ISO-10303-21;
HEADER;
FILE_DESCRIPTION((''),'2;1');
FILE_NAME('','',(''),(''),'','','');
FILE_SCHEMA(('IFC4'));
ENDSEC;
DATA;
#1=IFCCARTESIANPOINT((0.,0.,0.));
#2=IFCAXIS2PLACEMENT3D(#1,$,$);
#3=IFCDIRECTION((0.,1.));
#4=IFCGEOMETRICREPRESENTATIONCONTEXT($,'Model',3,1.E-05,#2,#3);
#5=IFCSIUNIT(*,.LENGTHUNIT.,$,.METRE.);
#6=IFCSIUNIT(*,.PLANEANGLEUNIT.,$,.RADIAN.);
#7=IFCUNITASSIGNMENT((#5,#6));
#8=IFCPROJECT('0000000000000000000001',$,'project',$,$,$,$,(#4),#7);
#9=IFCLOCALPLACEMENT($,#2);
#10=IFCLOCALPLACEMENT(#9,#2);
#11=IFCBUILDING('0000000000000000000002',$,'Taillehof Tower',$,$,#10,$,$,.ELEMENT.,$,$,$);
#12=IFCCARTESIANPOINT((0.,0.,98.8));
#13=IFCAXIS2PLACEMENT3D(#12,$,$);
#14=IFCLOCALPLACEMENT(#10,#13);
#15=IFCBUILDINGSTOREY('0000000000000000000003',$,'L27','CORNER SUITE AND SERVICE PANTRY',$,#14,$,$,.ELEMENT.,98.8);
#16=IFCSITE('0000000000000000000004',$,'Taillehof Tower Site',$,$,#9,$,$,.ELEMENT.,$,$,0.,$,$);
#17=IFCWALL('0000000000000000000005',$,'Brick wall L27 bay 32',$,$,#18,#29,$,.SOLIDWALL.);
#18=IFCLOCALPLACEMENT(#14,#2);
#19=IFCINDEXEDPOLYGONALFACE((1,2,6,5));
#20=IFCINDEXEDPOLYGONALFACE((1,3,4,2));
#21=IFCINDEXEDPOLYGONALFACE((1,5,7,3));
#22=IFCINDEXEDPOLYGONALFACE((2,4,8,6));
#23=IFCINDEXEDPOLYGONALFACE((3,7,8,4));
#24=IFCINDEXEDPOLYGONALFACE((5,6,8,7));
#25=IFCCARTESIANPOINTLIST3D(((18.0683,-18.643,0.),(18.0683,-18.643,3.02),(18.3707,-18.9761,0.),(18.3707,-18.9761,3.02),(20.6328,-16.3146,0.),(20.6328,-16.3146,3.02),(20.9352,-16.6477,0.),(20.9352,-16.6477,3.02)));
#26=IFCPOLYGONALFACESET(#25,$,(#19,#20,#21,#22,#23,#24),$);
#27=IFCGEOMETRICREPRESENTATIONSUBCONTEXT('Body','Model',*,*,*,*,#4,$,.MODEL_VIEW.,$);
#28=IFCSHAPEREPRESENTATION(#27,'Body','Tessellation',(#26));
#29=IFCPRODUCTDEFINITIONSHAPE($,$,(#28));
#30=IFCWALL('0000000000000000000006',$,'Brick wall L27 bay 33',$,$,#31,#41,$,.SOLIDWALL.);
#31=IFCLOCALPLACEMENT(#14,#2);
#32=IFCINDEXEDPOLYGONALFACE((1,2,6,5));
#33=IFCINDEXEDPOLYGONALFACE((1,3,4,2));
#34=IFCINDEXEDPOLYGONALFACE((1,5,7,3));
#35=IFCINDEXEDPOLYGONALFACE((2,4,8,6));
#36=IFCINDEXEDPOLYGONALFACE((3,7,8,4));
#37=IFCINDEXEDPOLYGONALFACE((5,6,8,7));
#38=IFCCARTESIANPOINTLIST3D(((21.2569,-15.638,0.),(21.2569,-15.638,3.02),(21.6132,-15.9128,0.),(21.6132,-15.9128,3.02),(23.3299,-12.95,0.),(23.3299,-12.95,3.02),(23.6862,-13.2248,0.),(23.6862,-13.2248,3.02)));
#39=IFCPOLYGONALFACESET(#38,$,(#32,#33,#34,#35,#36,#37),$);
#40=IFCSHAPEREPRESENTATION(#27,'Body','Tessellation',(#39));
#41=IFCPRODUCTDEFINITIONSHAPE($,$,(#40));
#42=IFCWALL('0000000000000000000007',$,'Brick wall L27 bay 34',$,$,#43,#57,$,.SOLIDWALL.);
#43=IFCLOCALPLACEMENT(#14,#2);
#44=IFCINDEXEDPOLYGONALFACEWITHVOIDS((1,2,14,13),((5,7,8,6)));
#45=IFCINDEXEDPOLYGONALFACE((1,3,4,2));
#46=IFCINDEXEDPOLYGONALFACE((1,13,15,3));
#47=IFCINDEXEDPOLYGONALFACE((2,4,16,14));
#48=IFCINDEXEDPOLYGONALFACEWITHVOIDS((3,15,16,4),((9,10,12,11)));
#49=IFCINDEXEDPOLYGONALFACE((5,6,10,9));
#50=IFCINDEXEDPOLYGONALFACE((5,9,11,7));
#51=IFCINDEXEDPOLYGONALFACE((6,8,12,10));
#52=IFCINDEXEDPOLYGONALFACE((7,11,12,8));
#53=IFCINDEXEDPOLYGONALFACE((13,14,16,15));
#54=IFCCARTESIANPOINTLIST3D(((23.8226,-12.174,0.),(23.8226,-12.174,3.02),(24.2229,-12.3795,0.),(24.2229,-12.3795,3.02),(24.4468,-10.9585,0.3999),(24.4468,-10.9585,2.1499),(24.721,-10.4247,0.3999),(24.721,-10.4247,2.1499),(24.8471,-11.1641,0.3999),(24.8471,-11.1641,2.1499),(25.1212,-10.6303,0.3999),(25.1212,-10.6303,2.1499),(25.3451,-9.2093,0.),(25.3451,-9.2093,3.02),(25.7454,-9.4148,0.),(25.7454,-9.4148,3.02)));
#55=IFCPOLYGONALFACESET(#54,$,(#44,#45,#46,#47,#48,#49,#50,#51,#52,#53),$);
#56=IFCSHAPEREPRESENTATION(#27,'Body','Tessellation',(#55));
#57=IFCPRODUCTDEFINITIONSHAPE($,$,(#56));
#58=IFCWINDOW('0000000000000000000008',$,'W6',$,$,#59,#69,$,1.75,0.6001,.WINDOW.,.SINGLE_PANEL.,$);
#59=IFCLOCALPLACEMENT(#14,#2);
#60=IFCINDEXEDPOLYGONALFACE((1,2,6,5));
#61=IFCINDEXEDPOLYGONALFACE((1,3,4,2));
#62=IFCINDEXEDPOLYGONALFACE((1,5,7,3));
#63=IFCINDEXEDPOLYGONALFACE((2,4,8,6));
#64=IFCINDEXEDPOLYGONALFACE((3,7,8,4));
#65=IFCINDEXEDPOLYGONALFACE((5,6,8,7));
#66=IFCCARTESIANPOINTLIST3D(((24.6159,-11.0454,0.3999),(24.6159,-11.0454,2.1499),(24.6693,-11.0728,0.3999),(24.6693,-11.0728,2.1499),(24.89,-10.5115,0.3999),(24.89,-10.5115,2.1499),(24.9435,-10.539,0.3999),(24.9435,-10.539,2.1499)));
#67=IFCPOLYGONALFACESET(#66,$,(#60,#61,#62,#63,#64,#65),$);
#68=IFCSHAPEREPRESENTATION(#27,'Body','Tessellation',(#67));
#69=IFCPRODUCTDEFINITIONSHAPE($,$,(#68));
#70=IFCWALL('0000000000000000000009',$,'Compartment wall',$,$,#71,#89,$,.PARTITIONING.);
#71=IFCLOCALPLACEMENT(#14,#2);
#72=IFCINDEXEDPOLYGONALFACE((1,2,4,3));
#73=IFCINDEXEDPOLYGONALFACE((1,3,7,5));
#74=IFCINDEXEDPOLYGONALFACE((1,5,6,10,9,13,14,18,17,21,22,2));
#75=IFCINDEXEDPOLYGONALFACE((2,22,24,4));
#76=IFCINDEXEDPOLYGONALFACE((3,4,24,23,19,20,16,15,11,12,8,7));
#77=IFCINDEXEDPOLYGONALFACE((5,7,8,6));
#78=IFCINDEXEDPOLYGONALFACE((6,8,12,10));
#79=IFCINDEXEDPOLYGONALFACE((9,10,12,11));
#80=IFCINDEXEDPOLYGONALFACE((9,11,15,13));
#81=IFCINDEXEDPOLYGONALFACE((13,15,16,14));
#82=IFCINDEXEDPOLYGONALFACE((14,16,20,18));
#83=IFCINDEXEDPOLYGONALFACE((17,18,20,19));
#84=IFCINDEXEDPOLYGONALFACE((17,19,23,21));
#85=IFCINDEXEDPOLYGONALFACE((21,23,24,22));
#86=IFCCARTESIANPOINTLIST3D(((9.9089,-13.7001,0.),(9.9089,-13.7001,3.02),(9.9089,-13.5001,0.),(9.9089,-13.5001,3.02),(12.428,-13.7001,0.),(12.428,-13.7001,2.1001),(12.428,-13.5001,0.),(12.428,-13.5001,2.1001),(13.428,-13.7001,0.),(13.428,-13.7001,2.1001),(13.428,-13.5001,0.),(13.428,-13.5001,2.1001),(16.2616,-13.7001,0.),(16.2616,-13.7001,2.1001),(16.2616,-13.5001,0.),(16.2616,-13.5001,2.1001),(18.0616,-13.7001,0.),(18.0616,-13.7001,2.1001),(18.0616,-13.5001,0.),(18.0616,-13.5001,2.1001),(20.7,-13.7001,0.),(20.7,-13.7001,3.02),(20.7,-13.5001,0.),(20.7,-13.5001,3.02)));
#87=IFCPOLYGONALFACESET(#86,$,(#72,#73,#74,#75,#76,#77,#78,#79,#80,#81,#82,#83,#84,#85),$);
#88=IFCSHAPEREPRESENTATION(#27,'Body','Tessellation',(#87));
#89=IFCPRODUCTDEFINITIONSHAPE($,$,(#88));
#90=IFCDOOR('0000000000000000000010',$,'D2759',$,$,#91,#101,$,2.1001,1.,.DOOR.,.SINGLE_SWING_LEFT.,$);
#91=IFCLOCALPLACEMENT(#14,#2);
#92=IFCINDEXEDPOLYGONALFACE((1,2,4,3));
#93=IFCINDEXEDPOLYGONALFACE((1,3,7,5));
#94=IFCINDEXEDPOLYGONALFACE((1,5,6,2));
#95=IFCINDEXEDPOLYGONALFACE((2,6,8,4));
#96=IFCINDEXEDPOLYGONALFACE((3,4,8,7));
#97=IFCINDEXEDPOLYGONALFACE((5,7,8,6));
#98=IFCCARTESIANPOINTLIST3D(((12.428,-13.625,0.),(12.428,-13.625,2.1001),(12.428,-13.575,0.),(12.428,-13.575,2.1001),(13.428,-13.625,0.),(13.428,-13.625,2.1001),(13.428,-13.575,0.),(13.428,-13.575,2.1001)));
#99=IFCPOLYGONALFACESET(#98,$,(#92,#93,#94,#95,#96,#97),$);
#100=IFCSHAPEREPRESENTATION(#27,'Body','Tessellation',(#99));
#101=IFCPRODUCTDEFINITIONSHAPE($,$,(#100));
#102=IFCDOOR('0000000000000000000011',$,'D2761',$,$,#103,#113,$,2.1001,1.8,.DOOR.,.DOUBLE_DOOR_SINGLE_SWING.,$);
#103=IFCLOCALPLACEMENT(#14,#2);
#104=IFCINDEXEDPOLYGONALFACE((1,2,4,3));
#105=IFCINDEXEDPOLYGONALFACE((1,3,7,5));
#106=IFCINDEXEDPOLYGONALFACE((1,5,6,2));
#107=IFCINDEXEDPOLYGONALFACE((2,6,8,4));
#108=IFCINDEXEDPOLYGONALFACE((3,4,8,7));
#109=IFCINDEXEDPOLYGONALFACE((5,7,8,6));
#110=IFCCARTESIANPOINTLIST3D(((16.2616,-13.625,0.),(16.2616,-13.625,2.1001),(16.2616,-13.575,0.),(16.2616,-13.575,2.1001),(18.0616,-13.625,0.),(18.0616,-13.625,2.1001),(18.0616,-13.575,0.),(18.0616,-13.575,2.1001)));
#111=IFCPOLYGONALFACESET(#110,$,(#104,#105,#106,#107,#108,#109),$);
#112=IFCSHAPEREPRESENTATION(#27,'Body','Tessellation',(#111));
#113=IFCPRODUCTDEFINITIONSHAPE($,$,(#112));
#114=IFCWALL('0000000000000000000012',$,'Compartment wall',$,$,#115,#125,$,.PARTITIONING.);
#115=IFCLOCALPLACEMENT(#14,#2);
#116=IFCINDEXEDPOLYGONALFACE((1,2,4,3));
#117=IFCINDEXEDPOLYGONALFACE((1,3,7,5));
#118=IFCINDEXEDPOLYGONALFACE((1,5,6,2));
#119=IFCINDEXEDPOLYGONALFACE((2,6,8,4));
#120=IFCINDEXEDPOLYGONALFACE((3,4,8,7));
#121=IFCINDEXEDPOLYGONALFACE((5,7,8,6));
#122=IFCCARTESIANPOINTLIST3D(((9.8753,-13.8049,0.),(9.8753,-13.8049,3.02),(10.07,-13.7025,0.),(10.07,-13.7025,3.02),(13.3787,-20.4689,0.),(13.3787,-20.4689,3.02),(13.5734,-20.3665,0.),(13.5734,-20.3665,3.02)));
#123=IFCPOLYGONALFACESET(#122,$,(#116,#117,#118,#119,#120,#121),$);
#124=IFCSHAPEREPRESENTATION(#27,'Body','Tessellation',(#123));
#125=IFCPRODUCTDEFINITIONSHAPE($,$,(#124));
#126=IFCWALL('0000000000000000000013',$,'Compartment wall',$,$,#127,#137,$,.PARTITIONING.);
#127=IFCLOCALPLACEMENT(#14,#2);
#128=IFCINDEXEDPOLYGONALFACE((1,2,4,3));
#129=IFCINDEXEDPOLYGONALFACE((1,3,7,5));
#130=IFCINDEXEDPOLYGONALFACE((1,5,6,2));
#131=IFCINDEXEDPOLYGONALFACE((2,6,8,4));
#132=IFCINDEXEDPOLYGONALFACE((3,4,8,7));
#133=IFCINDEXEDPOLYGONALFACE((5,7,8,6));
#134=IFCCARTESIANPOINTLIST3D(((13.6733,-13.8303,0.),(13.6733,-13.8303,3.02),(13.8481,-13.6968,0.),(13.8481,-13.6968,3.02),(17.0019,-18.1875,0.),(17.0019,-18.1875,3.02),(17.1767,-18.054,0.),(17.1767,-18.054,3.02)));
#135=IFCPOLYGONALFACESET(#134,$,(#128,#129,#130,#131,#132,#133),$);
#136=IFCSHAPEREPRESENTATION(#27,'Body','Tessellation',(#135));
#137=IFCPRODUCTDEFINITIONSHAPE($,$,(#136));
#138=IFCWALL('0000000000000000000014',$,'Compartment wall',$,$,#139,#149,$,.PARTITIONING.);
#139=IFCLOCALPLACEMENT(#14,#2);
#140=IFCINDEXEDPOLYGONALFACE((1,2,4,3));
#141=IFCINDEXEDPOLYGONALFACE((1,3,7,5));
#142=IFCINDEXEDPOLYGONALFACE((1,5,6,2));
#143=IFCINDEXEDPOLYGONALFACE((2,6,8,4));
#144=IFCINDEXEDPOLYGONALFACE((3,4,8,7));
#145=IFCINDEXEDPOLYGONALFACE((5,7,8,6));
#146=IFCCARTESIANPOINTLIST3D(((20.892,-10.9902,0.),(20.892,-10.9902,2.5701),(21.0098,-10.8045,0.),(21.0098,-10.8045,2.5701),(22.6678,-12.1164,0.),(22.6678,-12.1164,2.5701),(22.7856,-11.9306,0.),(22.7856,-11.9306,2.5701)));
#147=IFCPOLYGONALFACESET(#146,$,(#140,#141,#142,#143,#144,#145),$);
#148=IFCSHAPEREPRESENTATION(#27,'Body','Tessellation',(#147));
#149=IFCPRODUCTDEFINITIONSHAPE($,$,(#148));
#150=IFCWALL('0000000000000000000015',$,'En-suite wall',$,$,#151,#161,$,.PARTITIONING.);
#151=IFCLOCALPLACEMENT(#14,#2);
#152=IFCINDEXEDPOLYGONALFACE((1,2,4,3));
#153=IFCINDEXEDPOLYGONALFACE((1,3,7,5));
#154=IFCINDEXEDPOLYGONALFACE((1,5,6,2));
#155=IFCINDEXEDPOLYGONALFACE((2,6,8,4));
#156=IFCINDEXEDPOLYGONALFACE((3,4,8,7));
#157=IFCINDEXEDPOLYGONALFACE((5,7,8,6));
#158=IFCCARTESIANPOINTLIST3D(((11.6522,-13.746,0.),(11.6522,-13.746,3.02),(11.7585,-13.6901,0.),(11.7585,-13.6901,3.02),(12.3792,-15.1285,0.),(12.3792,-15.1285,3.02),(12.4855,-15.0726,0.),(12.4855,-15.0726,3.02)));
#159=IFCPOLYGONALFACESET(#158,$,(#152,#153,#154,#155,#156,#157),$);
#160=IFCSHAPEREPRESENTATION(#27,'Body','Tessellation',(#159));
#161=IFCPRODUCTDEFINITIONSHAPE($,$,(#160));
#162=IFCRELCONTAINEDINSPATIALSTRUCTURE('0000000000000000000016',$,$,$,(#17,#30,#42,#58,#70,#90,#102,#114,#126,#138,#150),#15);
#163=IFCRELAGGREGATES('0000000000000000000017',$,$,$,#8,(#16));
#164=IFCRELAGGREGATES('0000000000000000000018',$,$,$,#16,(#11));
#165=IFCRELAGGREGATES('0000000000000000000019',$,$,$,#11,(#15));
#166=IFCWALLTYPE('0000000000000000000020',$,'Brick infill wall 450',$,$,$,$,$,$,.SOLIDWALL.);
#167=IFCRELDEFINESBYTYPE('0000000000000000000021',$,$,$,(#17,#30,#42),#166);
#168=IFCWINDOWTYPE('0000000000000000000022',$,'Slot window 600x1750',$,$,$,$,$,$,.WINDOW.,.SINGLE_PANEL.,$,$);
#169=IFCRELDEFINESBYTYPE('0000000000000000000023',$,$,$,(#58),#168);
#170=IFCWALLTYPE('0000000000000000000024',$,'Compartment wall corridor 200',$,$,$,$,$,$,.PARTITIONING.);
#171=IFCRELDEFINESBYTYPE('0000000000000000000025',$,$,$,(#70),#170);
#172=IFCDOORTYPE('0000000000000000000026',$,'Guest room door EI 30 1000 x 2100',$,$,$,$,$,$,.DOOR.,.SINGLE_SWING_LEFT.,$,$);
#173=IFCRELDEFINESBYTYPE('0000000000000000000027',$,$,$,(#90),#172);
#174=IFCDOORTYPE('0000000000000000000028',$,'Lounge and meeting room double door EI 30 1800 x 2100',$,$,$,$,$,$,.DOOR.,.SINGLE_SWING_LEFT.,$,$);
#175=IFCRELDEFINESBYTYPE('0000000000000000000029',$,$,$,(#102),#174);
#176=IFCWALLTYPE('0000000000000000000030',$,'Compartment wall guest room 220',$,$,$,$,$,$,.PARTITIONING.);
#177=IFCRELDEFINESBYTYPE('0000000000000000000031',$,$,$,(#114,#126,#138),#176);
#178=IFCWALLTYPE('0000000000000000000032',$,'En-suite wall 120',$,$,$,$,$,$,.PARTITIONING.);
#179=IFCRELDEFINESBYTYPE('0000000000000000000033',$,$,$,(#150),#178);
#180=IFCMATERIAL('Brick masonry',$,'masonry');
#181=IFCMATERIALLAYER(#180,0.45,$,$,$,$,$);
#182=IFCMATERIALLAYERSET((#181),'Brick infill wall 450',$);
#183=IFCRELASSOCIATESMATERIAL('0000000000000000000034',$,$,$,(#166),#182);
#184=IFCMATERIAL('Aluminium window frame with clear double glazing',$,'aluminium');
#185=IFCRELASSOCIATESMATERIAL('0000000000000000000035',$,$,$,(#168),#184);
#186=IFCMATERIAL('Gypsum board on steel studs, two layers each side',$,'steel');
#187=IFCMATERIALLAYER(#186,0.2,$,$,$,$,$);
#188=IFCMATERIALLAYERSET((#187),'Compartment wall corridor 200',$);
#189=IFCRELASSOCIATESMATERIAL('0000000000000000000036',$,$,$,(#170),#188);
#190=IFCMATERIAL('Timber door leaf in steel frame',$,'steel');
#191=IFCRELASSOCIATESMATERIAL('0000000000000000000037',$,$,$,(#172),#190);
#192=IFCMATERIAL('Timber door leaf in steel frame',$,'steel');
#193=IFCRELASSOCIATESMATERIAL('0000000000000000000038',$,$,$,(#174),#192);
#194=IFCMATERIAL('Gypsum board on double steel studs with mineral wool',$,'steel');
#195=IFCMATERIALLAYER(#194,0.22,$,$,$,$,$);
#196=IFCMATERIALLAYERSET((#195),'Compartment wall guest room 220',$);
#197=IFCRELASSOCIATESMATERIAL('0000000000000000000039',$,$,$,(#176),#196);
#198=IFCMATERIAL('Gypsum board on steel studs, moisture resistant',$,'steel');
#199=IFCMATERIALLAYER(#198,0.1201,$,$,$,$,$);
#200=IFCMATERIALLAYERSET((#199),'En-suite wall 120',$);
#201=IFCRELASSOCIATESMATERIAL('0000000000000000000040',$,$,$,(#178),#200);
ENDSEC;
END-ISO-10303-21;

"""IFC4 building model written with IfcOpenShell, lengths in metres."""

from ifc_helpers import new_model, si_unit, direction, frame, frame_2d, origin, place, context, subcontext, project, spatial, rectangle, extrude, material, layer, layer_set, type_object, element, fill, save


model = new_model("IFC4")

# Units and contexts
model_context = context("Model", 3, precision=1e-05, world=origin(), true_north=direction((0.0, 1.0)))
body_context = subcontext(model_context, "Body", "Model", "MODEL_VIEW")
ifc_project = project(units=[si_unit("LENGTHUNIT", "METRE"), si_unit("PLANEANGLEUNIT", "RADIAN")], contexts=[model_context])

# Site, building, storey
site_placement = place(None, origin())
site = spatial("IfcSite", under=ifc_project, at=site_placement, Name="Taillehof Tower Site", CompositionType="ELEMENT", RefElevation=0.0)
building_placement = place(site_placement, origin())
building = spatial("IfcBuilding", under=site, at=building_placement, Name="Taillehof Tower", CompositionType="ELEMENT")
storey_placement = place(building_placement, frame((0.0, 0.0, 98.8)))
storey = spatial("IfcBuildingStorey", under=building, at=storey_placement, Name="L27", Description="CORNER SUITE AND SERVICE PANTRY", CompositionType="ELEMENT", Elevation=98.8)

# Shared definitions
ifc_material_1 = material(Name="Brick masonry", Category="masonry")
ifc_layer_1 = layer(ifc_material_1, 0.45)
ifc_layer_set_1 = layer_set([ifc_layer_1], Name="Brick infill wall 450")
wall_type_1 = type_object("IfcWallType", Name="Brick infill wall 450", PredefinedType="SOLIDWALL", material=ifc_layer_set_1)

# Walls
wall_1_placement = place(storey_placement, frame((18.2195, -18.8096, 0.0), z_axis=(0.0, 0.0, 1.0), x_axis=(0.740364, 0.672206, 0.0)))
element("IfcWall", 1, at=wall_1_placement, inside=storey, type_object=wall_type_1, Name="Brick wall L27 bay 32", PredefinedType="SOLIDWALL", context=body_context, shape_type="SweptSolid", body=[
    extrude(rectangle(XDim=3.4639, YDim=0.45, at=frame_2d((1.7319, 0.0))), origin(), (0.0, 0.0, 1.0), 3.02),
])
wall_2_placement = place(storey_placement, frame((21.4351, -15.7754, 0.0), z_axis=(0.0, 0.0, 1.0), x_axis=(0.610694, 0.791867, 0.0)))
element("IfcWall", 2, at=wall_2_placement, inside=storey, type_object=wall_type_1, Name="Brick wall L27 bay 33", PredefinedType="SOLIDWALL", context=body_context, shape_type="SweptSolid", body=[
    extrude(rectangle(XDim=3.3945, YDim=0.45, at=frame_2d((1.6973, 0.0))), origin(), (0.0, 0.0, 1.0), 3.02),
])

# Wall, opening, window
wall_3_placement = place(storey_placement, frame((24.0227, -12.2769, 0.0), z_axis=(0.0, 0.0, 1.0), x_axis=(0.456828, 0.889555, 0.0)))
wall_3 = element("IfcWall", 3, at=wall_3_placement, inside=storey, type_object=wall_type_1, Name="Brick wall L27 bay 34", PredefinedType="SOLIDWALL", context=body_context, shape_type="SweptSolid", body=[
    extrude(rectangle(XDim=3.3328, YDim=0.45, at=frame_2d((1.6665, 0.0))), origin(), (0.0, 0.0, 1.0), 3.02),
])
opening_1_placement = place(wall_3_placement, frame((1.3665, 0.0, 0.3999)))
opening_1 = element("IfcOpeningElement", 4, at=opening_1_placement, cuts=wall_3, PredefinedType="OPENING", context=body_context, shape_type="SweptSolid", body=[
    extrude(rectangle(XDim=0.6001, YDim=1.75, at=frame_2d((0.3, 0.875))), frame((0.0, 0.2349, 0.0), z_axis=(0.0, -1.0, 0.0), x_axis=(1.0, 0.0, 0.0)), (0.0, 0.0, 1.0), 0.47),
])
ifc_material_2 = material(Name="Aluminium window frame with clear double glazing", Category="aluminium")
window_type_1 = type_object("IfcWindowType", Name="Slot window 600x1750", PartitioningType="SINGLE_PANEL", PredefinedType="WINDOW", material=ifc_material_2)
window_1_placement = place(opening_1_placement, origin())
window_1 = element("IfcWindow", 5, at=window_1_placement, inside=storey, type_object=window_type_1, Name="W6", OverallHeight=1.75, OverallWidth=0.6001, PartitioningType="SINGLE_PANEL", PredefinedType="WINDOW", context=body_context, shape_type="SweptSolid", body=[
    extrude(rectangle(XDim=0.6001, YDim=1.75, at=frame_2d((0.3, 0.875))), frame((0.0, 0.0349, 0.0), z_axis=(0.0, -1.0, 0.0), x_axis=(1.0, 0.0, 0.0)), (0.0, 0.0, 1.0), 0.0601),
])
fill(opening_1, window_1)

# Wall, openings, doors
ifc_material_3 = material(Name="Gypsum board on steel studs, two layers each side", Category="steel")
ifc_layer_2 = layer(ifc_material_3, 0.2)
ifc_layer_set_2 = layer_set([ifc_layer_2], Name="Compartment wall corridor 200")
wall_type_2 = type_object("IfcWallType", Name="Compartment wall corridor 200", PredefinedType="PARTITIONING", material=ifc_layer_set_2)
wall_4_placement = place(storey_placement, frame((20.7, -13.6001, 0.0), z_axis=(0.0, 0.0, 1.0), x_axis=(-1.0, 0.0, 0.0)))
wall_4 = element("IfcWall", 6, at=wall_4_placement, inside=storey, type_object=wall_type_2, Name="Compartment wall", PredefinedType="PARTITIONING", context=body_context, shape_type="SweptSolid", body=[
    extrude(rectangle(XDim=10.791, YDim=0.2, at=frame_2d((5.3955, 0.0))), origin(), (0.0, 0.0, 1.0), 3.02),
])
opening_2_placement = place(wall_4_placement, frame((7.272, 0.0, 0.0)))
opening_2 = element("IfcOpeningElement", 7, at=opening_2_placement, cuts=wall_4, PredefinedType="OPENING", context=body_context, shape_type="SweptSolid", body=[
    extrude(rectangle(XDim=1.0, YDim=2.1001, at=frame_2d((0.5, 1.05))), frame((0.0, 0.1099, 0.0), z_axis=(0.0, -1.0, 0.0), x_axis=(1.0, 0.0, 0.0)), (0.0, 0.0, 1.0), 0.22),
])
opening_3_placement = place(wall_4_placement, frame((2.6384, 0.0, 0.0)))
opening_3 = element("IfcOpeningElement", 8, at=opening_3_placement, cuts=wall_4, PredefinedType="OPENING", context=body_context, shape_type="SweptSolid", body=[
    extrude(rectangle(XDim=1.8, YDim=2.1001, at=frame_2d((0.8999, 1.05))), frame((0.0, 0.1099, 0.0), z_axis=(0.0, -1.0, 0.0), x_axis=(1.0, 0.0, 0.0)), (0.0, 0.0, 1.0), 0.22),
])
ifc_material_4 = material(Name="Timber door leaf in steel frame", Category="steel")
door_type_1 = type_object("IfcDoorType", Name="Guest room door EI 30 1000 x 2100", OperationType="SINGLE_SWING_LEFT", PredefinedType="DOOR", material=ifc_material_4)
door_1_placement = place(opening_2_placement, origin())
door_1 = element("IfcDoor", 9, at=door_1_placement, inside=storey, type_object=door_type_1, Name="D2759", OperationType="SINGLE_SWING_LEFT", OverallHeight=2.1001, OverallWidth=1.0, PredefinedType="DOOR", context=body_context, shape_type="SweptSolid", body=[
    extrude(rectangle(XDim=1.0, YDim=2.1001, at=frame_2d((0.5, 1.05))), frame((0.0, 0.0249, 0.0), z_axis=(0.0, -1.0, 0.0), x_axis=(1.0, 0.0, 0.0)), (0.0, 0.0, 1.0), 0.05),
])
fill(opening_2, door_1)
ifc_material_5 = material(Name="Timber door leaf in steel frame", Category="steel")
door_type_2 = type_object("IfcDoorType", Name="Lounge and meeting room double door EI 30 1800 x 2100", OperationType="SINGLE_SWING_LEFT", PredefinedType="DOOR", material=ifc_material_5)
door_2_placement = place(opening_3_placement, origin())
door_2 = element("IfcDoor", 10, at=door_2_placement, inside=storey, type_object=door_type_2, Name="D2761", OperationType="DOUBLE_DOOR_SINGLE_SWING", OverallHeight=2.1001, OverallWidth=1.8, PredefinedType="DOOR", context=body_context, shape_type="SweptSolid", body=[
    extrude(rectangle(XDim=1.8, YDim=2.1001, at=frame_2d((0.8999, 1.05))), frame((0.0, 0.0249, 0.0), z_axis=(0.0, -1.0, 0.0), x_axis=(1.0, 0.0, 0.0)), (0.0, 0.0, 1.0), 0.05),
])
fill(opening_3, door_2)

# Walls
ifc_material_6 = material(Name="Gypsum board on double steel studs with mineral wool", Category="steel")
ifc_layer_3 = layer(ifc_material_6, 0.22)
ifc_layer_set_3 = layer_set([ifc_layer_3], Name="Compartment wall guest room 220")
wall_type_3 = type_object("IfcWallType", Name="Compartment wall guest room 220", PredefinedType="PARTITIONING", material=ifc_layer_set_3)
wall_5_placement = place(storey_placement, frame((13.4761, -20.4177, 0.0), z_axis=(0.0, 0.0, 1.0), x_axis=(-0.465332, 0.885136, 0.0)))
element("IfcWall", 11, at=wall_5_placement, inside=storey, type_object=wall_type_3, Name="Compartment wall", PredefinedType="PARTITIONING", context=body_context, shape_type="SweptSolid", body=[
    extrude(rectangle(XDim=7.5288, YDim=0.22, at=frame_2d((3.7644, 0.0))), origin(), (0.0, 0.0, 1.0), 3.02),
])
wall_6_placement = place(storey_placement, frame((17.0894, -18.1208, 0.0), z_axis=(0.0, 0.0, 1.0), x_axis=(-0.607065, 0.794652, 0.0)))
element("IfcWall", 12, at=wall_6_placement, inside=storey, type_object=wall_type_3, Name="Compartment wall", PredefinedType="PARTITIONING", context=body_context, shape_type="SweptSolid", body=[
    extrude(rectangle(XDim=5.4832, YDim=0.22, at=frame_2d((2.7417, 0.0))), origin(), (0.0, 0.0, 1.0), 3.02),
])
wall_7_placement = place(storey_placement, frame((22.7266, -12.0234, 0.0), z_axis=(0.0, 0.0, 1.0), x_axis=(-0.844497, 0.53556, 0.0)))
element("IfcWall", 13, at=wall_7_placement, inside=storey, type_object=wall_type_3, Name="Compartment wall", PredefinedType="PARTITIONING", context=body_context, shape_type="SweptSolid", body=[
    extrude(rectangle(XDim=2.1028, YDim=0.22, at=frame_2d((1.0513, 0.0))), origin(), (0.0, 0.0, 1.0), 2.5701),
])
ifc_material_7 = material(Name="Gypsum board on steel studs, moisture resistant", Category="steel")
ifc_layer_4 = layer(ifc_material_7, 0.1201)
ifc_layer_set_4 = layer_set([ifc_layer_4], Name="En-suite wall 120")
wall_type_4 = type_object("IfcWallType", Name="En-suite wall 120", PredefinedType="PARTITIONING", material=ifc_layer_set_4)
wall_8_placement = place(storey_placement, frame((11.7053, -13.718, 0.0), z_axis=(0.0, 0.0, 1.0), x_axis=(0.465437, -0.885081, 0.0)))
element("IfcWall", 14, at=wall_8_placement, inside=storey, type_object=wall_type_4, Name="En-suite wall", PredefinedType="PARTITIONING", context=body_context, shape_type="SweptSolid", body=[
    extrude(rectangle(XDim=1.562, YDim=0.1201, at=frame_2d((0.781, 0.0))), origin(), (0.0, 0.0, 1.0), 3.02),
])

save(model, "model.ifc")
